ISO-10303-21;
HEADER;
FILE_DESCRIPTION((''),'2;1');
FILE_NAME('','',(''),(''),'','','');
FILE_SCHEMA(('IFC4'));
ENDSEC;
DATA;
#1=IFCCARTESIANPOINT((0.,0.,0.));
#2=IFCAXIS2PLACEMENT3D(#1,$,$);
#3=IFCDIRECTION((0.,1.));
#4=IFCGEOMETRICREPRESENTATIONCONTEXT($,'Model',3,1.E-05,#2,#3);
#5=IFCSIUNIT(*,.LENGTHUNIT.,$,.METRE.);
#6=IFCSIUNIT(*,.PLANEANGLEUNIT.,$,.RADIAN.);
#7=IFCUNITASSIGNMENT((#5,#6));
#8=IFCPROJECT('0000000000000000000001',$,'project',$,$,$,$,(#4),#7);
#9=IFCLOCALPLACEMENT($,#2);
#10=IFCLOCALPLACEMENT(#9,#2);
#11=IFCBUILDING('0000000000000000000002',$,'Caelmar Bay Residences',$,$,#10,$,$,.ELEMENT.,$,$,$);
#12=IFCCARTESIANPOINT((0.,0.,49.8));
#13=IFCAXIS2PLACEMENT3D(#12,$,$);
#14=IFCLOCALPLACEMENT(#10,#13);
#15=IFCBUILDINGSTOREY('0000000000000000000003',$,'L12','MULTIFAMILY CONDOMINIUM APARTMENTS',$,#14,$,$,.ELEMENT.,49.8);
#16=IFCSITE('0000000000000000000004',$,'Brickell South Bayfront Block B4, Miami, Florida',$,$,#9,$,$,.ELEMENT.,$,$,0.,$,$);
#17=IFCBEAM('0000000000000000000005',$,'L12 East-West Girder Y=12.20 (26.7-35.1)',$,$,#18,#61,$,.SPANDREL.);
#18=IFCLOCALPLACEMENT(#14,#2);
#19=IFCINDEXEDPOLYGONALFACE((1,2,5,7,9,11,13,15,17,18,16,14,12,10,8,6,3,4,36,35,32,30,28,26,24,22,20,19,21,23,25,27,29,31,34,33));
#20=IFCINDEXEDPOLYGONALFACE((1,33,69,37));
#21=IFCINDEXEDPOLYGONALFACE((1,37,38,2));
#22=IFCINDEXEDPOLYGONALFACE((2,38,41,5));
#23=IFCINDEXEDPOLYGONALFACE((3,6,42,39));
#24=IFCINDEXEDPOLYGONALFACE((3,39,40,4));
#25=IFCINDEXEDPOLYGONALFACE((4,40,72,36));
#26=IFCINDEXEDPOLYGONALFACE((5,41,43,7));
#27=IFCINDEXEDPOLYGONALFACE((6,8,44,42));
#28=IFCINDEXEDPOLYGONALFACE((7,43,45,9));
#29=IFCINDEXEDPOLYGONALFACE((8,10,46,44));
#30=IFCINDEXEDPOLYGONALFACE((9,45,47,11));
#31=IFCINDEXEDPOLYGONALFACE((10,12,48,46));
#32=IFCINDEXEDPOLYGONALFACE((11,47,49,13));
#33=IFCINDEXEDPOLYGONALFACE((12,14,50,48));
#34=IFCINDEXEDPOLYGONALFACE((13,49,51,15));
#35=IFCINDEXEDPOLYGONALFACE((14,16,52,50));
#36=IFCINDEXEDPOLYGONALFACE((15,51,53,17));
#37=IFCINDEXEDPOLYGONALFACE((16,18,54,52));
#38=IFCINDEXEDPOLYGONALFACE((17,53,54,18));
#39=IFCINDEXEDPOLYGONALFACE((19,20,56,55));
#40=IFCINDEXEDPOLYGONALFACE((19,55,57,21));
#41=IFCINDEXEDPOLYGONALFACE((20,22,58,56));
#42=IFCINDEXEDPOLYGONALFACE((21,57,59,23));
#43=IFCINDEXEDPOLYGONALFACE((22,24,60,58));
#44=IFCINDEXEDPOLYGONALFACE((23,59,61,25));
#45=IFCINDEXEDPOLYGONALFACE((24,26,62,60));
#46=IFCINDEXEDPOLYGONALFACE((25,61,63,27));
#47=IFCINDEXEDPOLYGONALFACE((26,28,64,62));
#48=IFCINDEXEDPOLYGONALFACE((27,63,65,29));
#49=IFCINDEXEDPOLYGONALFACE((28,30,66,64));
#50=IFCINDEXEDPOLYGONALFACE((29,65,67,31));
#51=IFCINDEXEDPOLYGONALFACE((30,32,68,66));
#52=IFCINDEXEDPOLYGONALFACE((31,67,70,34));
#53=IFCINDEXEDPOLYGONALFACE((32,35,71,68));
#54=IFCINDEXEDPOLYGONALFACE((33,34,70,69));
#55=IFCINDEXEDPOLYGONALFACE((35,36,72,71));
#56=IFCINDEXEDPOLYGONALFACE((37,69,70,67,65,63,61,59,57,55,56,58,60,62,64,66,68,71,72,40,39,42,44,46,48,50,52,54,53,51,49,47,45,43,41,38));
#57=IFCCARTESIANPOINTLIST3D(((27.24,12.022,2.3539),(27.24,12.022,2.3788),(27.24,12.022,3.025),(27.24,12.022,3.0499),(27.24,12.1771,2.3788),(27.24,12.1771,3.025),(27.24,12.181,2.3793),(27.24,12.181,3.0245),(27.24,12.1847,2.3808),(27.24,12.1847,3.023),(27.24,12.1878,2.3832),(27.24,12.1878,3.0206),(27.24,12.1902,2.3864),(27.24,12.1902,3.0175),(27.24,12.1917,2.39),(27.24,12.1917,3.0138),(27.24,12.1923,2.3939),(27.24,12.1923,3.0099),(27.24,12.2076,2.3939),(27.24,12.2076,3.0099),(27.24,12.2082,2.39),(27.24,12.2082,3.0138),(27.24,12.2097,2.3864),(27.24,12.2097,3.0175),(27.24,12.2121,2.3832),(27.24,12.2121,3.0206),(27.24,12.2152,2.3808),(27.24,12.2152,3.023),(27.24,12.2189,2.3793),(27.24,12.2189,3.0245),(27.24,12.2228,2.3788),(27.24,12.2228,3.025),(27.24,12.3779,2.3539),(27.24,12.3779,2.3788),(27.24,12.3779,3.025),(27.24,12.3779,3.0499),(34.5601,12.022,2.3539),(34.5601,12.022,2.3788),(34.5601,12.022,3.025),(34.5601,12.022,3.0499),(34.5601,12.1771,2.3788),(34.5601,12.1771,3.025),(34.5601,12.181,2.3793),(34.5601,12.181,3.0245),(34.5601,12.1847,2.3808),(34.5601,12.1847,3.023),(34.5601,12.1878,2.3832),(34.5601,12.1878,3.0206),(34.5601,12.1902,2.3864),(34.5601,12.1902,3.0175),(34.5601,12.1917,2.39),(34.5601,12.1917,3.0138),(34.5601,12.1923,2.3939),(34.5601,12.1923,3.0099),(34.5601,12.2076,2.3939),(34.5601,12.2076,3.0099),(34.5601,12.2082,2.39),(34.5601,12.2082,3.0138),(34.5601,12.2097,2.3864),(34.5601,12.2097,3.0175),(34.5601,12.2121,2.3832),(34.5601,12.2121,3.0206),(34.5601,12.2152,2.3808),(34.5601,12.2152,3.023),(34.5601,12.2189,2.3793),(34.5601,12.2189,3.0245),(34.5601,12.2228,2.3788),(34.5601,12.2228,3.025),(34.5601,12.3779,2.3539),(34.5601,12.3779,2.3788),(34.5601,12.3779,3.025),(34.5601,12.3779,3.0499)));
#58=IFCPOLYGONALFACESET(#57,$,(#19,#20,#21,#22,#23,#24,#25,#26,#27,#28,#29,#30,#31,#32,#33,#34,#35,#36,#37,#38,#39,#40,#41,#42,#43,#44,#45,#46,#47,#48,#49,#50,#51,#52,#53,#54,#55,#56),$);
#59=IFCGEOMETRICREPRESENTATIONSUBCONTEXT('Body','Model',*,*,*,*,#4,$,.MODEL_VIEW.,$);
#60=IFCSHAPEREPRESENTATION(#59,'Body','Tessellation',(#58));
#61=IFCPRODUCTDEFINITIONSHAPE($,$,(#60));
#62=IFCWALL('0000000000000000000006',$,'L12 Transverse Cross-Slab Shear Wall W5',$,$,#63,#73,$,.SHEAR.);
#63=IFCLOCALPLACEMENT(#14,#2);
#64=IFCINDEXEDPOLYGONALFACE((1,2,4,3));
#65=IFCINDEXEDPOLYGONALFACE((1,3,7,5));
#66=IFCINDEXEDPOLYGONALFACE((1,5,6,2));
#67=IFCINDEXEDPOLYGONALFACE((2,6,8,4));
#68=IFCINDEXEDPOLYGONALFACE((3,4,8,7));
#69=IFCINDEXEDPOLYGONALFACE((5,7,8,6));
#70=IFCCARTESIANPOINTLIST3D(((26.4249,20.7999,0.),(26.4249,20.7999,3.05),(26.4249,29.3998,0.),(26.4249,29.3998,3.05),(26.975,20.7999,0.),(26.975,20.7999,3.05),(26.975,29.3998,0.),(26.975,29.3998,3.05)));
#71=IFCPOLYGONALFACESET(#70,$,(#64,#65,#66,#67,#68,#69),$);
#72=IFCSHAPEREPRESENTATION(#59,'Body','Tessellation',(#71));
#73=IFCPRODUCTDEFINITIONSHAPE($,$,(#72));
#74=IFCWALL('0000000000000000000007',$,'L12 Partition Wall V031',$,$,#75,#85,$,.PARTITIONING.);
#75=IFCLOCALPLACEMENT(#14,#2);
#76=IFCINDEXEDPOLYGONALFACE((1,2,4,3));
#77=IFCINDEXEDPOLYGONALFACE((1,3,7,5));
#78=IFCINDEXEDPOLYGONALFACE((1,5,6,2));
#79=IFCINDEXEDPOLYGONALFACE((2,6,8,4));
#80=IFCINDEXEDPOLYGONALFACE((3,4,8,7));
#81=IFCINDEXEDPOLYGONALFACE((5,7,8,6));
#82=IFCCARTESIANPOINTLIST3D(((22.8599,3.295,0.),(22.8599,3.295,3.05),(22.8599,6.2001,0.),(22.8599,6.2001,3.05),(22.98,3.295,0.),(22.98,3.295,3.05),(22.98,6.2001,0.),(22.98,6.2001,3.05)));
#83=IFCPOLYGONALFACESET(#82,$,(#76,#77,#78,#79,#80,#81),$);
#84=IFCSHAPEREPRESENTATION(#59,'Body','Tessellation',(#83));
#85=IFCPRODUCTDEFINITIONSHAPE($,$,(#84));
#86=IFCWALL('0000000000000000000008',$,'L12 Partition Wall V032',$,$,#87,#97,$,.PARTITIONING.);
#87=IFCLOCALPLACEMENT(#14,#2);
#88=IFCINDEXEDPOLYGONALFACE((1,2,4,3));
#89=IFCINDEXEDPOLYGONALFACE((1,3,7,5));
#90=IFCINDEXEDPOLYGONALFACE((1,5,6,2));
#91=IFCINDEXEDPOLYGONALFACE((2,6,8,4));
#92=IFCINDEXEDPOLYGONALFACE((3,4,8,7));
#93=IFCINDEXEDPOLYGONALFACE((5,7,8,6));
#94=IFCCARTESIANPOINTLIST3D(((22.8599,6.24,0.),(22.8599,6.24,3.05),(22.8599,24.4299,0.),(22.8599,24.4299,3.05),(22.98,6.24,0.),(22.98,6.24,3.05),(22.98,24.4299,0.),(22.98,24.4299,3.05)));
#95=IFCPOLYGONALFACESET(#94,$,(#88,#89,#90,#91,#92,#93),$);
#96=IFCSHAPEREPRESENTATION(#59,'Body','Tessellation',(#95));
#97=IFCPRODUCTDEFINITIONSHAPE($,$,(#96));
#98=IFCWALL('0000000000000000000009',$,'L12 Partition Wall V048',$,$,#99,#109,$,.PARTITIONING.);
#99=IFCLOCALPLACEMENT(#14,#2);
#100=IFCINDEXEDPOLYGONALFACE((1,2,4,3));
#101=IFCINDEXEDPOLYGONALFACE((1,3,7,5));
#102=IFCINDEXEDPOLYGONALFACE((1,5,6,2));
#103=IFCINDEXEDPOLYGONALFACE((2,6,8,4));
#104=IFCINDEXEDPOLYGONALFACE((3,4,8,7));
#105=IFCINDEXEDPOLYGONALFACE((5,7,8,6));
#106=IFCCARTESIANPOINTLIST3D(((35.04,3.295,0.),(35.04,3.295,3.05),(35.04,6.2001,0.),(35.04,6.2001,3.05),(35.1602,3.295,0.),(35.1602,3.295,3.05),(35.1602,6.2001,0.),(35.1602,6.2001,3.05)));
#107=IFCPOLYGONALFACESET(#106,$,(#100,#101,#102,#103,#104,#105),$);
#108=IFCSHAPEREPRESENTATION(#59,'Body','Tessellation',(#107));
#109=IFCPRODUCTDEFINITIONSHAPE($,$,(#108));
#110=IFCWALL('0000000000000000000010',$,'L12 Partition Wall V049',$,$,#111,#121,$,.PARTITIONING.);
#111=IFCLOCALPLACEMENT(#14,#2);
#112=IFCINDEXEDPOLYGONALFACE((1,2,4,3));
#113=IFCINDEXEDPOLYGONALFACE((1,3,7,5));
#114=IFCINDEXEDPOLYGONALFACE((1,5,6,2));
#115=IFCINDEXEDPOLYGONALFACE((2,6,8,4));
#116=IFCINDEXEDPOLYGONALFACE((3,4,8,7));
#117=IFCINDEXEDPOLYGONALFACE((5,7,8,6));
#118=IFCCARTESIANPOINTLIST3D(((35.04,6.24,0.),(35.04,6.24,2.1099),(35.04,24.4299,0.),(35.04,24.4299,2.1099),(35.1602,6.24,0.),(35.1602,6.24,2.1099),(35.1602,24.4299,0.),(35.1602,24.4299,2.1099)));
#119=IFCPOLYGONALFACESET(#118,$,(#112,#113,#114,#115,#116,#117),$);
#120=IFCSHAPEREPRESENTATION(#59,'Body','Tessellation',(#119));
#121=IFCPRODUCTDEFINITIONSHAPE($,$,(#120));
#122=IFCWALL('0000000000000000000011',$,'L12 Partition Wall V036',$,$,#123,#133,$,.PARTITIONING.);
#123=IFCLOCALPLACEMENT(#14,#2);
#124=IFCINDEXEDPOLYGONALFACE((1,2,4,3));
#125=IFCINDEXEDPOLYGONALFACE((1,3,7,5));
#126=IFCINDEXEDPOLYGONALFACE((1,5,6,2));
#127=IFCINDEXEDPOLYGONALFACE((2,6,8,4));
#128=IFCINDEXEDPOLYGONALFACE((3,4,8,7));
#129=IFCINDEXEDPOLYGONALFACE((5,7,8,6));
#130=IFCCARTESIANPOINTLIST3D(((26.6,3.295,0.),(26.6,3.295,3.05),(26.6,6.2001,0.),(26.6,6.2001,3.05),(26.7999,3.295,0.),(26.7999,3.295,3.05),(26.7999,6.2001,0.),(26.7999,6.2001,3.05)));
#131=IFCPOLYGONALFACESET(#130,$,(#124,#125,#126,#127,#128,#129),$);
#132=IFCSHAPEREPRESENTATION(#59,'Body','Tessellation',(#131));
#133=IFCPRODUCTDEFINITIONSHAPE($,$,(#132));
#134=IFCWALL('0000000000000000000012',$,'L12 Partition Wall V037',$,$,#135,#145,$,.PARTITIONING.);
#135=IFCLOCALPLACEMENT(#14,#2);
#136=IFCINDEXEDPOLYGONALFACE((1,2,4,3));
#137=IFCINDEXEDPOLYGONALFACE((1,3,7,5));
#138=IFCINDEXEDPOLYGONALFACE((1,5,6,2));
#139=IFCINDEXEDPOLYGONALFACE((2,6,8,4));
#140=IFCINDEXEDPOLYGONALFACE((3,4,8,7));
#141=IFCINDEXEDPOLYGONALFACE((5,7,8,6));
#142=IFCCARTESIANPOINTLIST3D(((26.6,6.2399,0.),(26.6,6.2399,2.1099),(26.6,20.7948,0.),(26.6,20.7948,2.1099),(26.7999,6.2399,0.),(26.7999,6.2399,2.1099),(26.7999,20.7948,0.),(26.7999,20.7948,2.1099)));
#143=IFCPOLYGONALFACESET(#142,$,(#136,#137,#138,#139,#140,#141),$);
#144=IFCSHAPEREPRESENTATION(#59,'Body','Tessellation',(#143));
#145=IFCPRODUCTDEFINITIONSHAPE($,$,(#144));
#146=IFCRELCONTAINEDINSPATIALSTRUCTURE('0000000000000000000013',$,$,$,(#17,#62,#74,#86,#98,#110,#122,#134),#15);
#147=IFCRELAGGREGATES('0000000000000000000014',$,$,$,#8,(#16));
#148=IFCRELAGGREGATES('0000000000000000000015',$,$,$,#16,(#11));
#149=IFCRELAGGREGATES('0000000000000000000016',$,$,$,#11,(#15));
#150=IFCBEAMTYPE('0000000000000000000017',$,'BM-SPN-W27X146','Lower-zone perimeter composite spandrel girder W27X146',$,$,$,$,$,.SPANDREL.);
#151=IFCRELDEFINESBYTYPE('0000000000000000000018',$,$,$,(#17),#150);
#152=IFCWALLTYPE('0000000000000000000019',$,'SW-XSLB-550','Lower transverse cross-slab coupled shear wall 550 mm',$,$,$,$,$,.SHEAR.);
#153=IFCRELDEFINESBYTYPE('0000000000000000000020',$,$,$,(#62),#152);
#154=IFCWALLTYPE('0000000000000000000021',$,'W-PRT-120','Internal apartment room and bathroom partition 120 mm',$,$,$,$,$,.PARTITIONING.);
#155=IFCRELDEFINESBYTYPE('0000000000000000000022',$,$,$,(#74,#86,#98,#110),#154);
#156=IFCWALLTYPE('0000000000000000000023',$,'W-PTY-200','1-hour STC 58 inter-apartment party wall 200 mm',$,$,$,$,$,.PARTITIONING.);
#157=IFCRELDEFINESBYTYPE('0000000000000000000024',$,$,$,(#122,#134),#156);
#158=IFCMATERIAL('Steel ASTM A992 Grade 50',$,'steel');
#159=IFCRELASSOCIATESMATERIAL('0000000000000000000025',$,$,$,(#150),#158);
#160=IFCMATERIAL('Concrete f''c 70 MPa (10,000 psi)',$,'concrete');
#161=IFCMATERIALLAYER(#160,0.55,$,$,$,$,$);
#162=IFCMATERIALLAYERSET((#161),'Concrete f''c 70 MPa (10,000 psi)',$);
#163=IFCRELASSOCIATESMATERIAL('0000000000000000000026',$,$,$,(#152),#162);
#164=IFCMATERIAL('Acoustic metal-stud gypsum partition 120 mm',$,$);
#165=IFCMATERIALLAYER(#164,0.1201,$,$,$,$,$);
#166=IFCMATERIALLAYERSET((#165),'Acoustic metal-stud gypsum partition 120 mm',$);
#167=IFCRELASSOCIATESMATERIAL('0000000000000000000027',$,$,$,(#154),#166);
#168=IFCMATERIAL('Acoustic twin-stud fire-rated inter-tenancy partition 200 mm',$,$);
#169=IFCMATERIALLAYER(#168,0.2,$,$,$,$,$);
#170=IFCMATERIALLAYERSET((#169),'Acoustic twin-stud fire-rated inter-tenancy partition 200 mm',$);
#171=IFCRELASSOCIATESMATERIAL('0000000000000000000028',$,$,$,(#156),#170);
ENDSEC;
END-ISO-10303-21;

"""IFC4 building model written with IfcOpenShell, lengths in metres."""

from ifc_helpers import new_model, si_unit, direction, frame, frame_2d, origin, origin_2d, place, context, subcontext, project, spatial, rectangle, i_section, extrude, material, layer, layer_set, material_profile, profile_set, type_object, element, save


model = new_model("IFC4")

# Units and contexts
model_context = context("Model", 3, precision=1e-05, world=origin(), true_north=direction((0.0, 1.0)))
body_context = subcontext(model_context, "Body", "Model", "MODEL_VIEW")
ifc_project = project(units=[si_unit("LENGTHUNIT", "METRE"), si_unit("PLANEANGLEUNIT", "RADIAN")], contexts=[model_context])

# Site, building, storey
site_placement = place(None, origin())
site = spatial("IfcSite", under=ifc_project, at=site_placement, Name="Brickell South Bayfront Block B4, Miami, Florida", CompositionType="ELEMENT", RefElevation=0.0)
building_placement = place(site_placement, origin())
building = spatial("IfcBuilding", under=site, at=building_placement, Name="Caelmar Bay Residences", CompositionType="ELEMENT")
storey_placement = place(building_placement, frame((0.0, 0.0, 49.8)))
storey = spatial("IfcBuildingStorey", under=building, at=storey_placement, Name="L12", Description="MULTIFAMILY CONDOMINIUM APARTMENTS", CompositionType="ELEMENT", Elevation=49.8)

# Shared definitions
ifc_material_1 = material(Name="Concrete f'c 70 MPa (10,000 psi)", Category="concrete")

# Beam
ifc_material_2 = material(Name="Steel ASTM A992 Grade 50", Category="steel")
ifc_material_profile_1 = material_profile(ifc_material_2, i_section(OverallWidth=0.356, OverallDepth=0.696, WebThickness=0.0154, FlangeThickness=0.0249, FilletRadius=0.0151, at=origin_2d()), Name="W27X146")
ifc_profile_set_1 = profile_set([ifc_material_profile_1], Name="Steel ASTM A992 Grade 50")
beam_type_1 = type_object("IfcBeamType", Name="BM-SPN-W27X146", Description="Lower-zone perimeter composite spandrel girder W27X146", PredefinedType="SPANDREL", material=ifc_profile_set_1)
beam_1_placement = place(storey_placement, frame((27.24, 12.2, 2.7019), z_axis=(1.0, 0.0, 0.0), x_axis=(0.0, 1.0, 0.0)))
element("IfcBeam", 1, at=beam_1_placement, inside=storey, type_object=beam_type_1, Name="L12 East-West Girder Y=12.20 (26.7-35.1)", PredefinedType="SPANDREL", context=body_context, shape_type="SweptSolid", body=[
    extrude(i_section(OverallWidth=0.356, OverallDepth=0.696, WebThickness=0.0154, FlangeThickness=0.0249, FilletRadius=0.0151, at=origin_2d()), origin(), (0.0, 0.0, 1.0), 7.3201),
])

# Walls
ifc_layer_1 = layer(ifc_material_1, 0.55)
ifc_layer_set_1 = layer_set([ifc_layer_1], Name="Concrete f'c 70 MPa (10,000 psi)")
wall_type_1 = type_object("IfcWallType", Name="SW-XSLB-550", Description="Lower transverse cross-slab coupled shear wall 550 mm", PredefinedType="SHEAR", material=ifc_layer_set_1)
wall_1_placement = place(storey_placement, frame((26.7, 20.8, 0.0), z_axis=(0.0, 0.0, 1.0), x_axis=(0.0, 1.0, 0.0)))
element("IfcWall", 2, at=wall_1_placement, inside=storey, type_object=wall_type_1, Name="L12 Transverse Cross-Slab Shear Wall W5", PredefinedType="SHEAR", context=body_context, shape_type="SweptSolid", body=[
    extrude(rectangle(XDim=8.5999, YDim=0.55, at=frame_2d((4.2998, 0.0))), origin(), (0.0, 0.0, 1.0), 3.05),
])
ifc_material_3 = material(Name="Acoustic metal-stud gypsum partition 120 mm")
ifc_layer_2 = layer(ifc_material_3, 0.1201)
ifc_layer_set_2 = layer_set([ifc_layer_2], Name="Acoustic metal-stud gypsum partition 120 mm")
wall_type_2 = type_object("IfcWallType", Name="W-PRT-120", Description="Internal apartment room and bathroom partition 120 mm", PredefinedType="PARTITIONING", material=ifc_layer_set_2)
wall_2_placement = place(storey_placement, frame((22.9199, 3.2949, 0.0), z_axis=(0.0, 0.0, 1.0), x_axis=(0.0, 1.0, 0.0)))
element("IfcWall", 3, at=wall_2_placement, inside=storey, type_object=wall_type_2, Name="L12 Partition Wall V031", PredefinedType="PARTITIONING", context=body_context, shape_type="SweptSolid", body=[
    extrude(rectangle(XDim=2.905, YDim=0.1201, at=frame_2d((1.4526, 0.0))), origin(), (0.0, 0.0, 1.0), 3.05),
])
wall_3_placement = place(storey_placement, frame((22.9199, 6.24, 0.0), z_axis=(0.0, 0.0, 1.0), x_axis=(0.0, 1.0, 0.0)))
element("IfcWall", 4, at=wall_3_placement, inside=storey, type_object=wall_type_2, Name="L12 Partition Wall V032", PredefinedType="PARTITIONING", context=body_context, shape_type="SweptSolid", body=[
    extrude(rectangle(XDim=18.1899, YDim=0.1201, at=frame_2d((9.095, 0.0))), origin(), (0.0, 0.0, 1.0), 3.05),
])
wall_4_placement = place(storey_placement, frame((35.1001, 3.2949, 0.0), z_axis=(0.0, 0.0, 1.0), x_axis=(0.0, 1.0, 0.0)))
element("IfcWall", 5, at=wall_4_placement, inside=storey, type_object=wall_type_2, Name="L12 Partition Wall V048", PredefinedType="PARTITIONING", context=body_context, shape_type="SweptSolid", body=[
    extrude(rectangle(XDim=2.905, YDim=0.1201, at=frame_2d((1.4526, 0.0))), origin(), (0.0, 0.0, 1.0), 3.05),
])
wall_5_placement = place(storey_placement, frame((35.1001, 6.24, 0.0), z_axis=(0.0, 0.0, 1.0), x_axis=(0.0, 1.0, 0.0)))
element("IfcWall", 6, at=wall_5_placement, inside=storey, type_object=wall_type_2, Name="L12 Partition Wall V049", PredefinedType="PARTITIONING", context=body_context, shape_type="SweptSolid", body=[
    extrude(rectangle(XDim=18.1899, YDim=0.1201, at=frame_2d((9.095, 0.0))), origin(), (0.0, 0.0, 1.0), 2.1099),
])

# Walls
ifc_material_4 = material(Name="Acoustic twin-stud fire-rated inter-tenancy partition 200 mm")
ifc_layer_3 = layer(ifc_material_4, 0.2)
ifc_layer_set_3 = layer_set([ifc_layer_3], Name="Acoustic twin-stud fire-rated inter-tenancy partition 200 mm")
wall_type_3 = type_object("IfcWallType", Name="W-PTY-200", Description="1-hour STC 58 inter-apartment party wall 200 mm", PredefinedType="PARTITIONING", material=ifc_layer_set_3)
wall_6_placement = place(storey_placement, frame((26.7, 3.2949, 0.0), z_axis=(0.0, 0.0, 1.0), x_axis=(0.0, 1.0, 0.0)))
element("IfcWall", 7, at=wall_6_placement, inside=storey, type_object=wall_type_3, Name="L12 Partition Wall V036", PredefinedType="PARTITIONING", context=body_context, shape_type="SweptSolid", body=[
    extrude(rectangle(XDim=2.905, YDim=0.2, at=frame_2d((1.4526, 0.0))), origin(), (0.0, 0.0, 1.0), 3.05),
])
wall_7_placement = place(storey_placement, frame((26.7, 6.24, 0.0), z_axis=(0.0, 0.0, 1.0), x_axis=(0.0, 1.0, 0.0)))
element("IfcWall", 8, at=wall_7_placement, inside=storey, type_object=wall_type_3, Name="L12 Partition Wall V037", PredefinedType="PARTITIONING", context=body_context, shape_type="SweptSolid", body=[
    extrude(rectangle(XDim=14.5549, YDim=0.2, at=frame_2d((7.2773, 0.0))), origin(), (0.0, 0.0, 1.0), 2.1099),
])

save(model, "model.ifc")
